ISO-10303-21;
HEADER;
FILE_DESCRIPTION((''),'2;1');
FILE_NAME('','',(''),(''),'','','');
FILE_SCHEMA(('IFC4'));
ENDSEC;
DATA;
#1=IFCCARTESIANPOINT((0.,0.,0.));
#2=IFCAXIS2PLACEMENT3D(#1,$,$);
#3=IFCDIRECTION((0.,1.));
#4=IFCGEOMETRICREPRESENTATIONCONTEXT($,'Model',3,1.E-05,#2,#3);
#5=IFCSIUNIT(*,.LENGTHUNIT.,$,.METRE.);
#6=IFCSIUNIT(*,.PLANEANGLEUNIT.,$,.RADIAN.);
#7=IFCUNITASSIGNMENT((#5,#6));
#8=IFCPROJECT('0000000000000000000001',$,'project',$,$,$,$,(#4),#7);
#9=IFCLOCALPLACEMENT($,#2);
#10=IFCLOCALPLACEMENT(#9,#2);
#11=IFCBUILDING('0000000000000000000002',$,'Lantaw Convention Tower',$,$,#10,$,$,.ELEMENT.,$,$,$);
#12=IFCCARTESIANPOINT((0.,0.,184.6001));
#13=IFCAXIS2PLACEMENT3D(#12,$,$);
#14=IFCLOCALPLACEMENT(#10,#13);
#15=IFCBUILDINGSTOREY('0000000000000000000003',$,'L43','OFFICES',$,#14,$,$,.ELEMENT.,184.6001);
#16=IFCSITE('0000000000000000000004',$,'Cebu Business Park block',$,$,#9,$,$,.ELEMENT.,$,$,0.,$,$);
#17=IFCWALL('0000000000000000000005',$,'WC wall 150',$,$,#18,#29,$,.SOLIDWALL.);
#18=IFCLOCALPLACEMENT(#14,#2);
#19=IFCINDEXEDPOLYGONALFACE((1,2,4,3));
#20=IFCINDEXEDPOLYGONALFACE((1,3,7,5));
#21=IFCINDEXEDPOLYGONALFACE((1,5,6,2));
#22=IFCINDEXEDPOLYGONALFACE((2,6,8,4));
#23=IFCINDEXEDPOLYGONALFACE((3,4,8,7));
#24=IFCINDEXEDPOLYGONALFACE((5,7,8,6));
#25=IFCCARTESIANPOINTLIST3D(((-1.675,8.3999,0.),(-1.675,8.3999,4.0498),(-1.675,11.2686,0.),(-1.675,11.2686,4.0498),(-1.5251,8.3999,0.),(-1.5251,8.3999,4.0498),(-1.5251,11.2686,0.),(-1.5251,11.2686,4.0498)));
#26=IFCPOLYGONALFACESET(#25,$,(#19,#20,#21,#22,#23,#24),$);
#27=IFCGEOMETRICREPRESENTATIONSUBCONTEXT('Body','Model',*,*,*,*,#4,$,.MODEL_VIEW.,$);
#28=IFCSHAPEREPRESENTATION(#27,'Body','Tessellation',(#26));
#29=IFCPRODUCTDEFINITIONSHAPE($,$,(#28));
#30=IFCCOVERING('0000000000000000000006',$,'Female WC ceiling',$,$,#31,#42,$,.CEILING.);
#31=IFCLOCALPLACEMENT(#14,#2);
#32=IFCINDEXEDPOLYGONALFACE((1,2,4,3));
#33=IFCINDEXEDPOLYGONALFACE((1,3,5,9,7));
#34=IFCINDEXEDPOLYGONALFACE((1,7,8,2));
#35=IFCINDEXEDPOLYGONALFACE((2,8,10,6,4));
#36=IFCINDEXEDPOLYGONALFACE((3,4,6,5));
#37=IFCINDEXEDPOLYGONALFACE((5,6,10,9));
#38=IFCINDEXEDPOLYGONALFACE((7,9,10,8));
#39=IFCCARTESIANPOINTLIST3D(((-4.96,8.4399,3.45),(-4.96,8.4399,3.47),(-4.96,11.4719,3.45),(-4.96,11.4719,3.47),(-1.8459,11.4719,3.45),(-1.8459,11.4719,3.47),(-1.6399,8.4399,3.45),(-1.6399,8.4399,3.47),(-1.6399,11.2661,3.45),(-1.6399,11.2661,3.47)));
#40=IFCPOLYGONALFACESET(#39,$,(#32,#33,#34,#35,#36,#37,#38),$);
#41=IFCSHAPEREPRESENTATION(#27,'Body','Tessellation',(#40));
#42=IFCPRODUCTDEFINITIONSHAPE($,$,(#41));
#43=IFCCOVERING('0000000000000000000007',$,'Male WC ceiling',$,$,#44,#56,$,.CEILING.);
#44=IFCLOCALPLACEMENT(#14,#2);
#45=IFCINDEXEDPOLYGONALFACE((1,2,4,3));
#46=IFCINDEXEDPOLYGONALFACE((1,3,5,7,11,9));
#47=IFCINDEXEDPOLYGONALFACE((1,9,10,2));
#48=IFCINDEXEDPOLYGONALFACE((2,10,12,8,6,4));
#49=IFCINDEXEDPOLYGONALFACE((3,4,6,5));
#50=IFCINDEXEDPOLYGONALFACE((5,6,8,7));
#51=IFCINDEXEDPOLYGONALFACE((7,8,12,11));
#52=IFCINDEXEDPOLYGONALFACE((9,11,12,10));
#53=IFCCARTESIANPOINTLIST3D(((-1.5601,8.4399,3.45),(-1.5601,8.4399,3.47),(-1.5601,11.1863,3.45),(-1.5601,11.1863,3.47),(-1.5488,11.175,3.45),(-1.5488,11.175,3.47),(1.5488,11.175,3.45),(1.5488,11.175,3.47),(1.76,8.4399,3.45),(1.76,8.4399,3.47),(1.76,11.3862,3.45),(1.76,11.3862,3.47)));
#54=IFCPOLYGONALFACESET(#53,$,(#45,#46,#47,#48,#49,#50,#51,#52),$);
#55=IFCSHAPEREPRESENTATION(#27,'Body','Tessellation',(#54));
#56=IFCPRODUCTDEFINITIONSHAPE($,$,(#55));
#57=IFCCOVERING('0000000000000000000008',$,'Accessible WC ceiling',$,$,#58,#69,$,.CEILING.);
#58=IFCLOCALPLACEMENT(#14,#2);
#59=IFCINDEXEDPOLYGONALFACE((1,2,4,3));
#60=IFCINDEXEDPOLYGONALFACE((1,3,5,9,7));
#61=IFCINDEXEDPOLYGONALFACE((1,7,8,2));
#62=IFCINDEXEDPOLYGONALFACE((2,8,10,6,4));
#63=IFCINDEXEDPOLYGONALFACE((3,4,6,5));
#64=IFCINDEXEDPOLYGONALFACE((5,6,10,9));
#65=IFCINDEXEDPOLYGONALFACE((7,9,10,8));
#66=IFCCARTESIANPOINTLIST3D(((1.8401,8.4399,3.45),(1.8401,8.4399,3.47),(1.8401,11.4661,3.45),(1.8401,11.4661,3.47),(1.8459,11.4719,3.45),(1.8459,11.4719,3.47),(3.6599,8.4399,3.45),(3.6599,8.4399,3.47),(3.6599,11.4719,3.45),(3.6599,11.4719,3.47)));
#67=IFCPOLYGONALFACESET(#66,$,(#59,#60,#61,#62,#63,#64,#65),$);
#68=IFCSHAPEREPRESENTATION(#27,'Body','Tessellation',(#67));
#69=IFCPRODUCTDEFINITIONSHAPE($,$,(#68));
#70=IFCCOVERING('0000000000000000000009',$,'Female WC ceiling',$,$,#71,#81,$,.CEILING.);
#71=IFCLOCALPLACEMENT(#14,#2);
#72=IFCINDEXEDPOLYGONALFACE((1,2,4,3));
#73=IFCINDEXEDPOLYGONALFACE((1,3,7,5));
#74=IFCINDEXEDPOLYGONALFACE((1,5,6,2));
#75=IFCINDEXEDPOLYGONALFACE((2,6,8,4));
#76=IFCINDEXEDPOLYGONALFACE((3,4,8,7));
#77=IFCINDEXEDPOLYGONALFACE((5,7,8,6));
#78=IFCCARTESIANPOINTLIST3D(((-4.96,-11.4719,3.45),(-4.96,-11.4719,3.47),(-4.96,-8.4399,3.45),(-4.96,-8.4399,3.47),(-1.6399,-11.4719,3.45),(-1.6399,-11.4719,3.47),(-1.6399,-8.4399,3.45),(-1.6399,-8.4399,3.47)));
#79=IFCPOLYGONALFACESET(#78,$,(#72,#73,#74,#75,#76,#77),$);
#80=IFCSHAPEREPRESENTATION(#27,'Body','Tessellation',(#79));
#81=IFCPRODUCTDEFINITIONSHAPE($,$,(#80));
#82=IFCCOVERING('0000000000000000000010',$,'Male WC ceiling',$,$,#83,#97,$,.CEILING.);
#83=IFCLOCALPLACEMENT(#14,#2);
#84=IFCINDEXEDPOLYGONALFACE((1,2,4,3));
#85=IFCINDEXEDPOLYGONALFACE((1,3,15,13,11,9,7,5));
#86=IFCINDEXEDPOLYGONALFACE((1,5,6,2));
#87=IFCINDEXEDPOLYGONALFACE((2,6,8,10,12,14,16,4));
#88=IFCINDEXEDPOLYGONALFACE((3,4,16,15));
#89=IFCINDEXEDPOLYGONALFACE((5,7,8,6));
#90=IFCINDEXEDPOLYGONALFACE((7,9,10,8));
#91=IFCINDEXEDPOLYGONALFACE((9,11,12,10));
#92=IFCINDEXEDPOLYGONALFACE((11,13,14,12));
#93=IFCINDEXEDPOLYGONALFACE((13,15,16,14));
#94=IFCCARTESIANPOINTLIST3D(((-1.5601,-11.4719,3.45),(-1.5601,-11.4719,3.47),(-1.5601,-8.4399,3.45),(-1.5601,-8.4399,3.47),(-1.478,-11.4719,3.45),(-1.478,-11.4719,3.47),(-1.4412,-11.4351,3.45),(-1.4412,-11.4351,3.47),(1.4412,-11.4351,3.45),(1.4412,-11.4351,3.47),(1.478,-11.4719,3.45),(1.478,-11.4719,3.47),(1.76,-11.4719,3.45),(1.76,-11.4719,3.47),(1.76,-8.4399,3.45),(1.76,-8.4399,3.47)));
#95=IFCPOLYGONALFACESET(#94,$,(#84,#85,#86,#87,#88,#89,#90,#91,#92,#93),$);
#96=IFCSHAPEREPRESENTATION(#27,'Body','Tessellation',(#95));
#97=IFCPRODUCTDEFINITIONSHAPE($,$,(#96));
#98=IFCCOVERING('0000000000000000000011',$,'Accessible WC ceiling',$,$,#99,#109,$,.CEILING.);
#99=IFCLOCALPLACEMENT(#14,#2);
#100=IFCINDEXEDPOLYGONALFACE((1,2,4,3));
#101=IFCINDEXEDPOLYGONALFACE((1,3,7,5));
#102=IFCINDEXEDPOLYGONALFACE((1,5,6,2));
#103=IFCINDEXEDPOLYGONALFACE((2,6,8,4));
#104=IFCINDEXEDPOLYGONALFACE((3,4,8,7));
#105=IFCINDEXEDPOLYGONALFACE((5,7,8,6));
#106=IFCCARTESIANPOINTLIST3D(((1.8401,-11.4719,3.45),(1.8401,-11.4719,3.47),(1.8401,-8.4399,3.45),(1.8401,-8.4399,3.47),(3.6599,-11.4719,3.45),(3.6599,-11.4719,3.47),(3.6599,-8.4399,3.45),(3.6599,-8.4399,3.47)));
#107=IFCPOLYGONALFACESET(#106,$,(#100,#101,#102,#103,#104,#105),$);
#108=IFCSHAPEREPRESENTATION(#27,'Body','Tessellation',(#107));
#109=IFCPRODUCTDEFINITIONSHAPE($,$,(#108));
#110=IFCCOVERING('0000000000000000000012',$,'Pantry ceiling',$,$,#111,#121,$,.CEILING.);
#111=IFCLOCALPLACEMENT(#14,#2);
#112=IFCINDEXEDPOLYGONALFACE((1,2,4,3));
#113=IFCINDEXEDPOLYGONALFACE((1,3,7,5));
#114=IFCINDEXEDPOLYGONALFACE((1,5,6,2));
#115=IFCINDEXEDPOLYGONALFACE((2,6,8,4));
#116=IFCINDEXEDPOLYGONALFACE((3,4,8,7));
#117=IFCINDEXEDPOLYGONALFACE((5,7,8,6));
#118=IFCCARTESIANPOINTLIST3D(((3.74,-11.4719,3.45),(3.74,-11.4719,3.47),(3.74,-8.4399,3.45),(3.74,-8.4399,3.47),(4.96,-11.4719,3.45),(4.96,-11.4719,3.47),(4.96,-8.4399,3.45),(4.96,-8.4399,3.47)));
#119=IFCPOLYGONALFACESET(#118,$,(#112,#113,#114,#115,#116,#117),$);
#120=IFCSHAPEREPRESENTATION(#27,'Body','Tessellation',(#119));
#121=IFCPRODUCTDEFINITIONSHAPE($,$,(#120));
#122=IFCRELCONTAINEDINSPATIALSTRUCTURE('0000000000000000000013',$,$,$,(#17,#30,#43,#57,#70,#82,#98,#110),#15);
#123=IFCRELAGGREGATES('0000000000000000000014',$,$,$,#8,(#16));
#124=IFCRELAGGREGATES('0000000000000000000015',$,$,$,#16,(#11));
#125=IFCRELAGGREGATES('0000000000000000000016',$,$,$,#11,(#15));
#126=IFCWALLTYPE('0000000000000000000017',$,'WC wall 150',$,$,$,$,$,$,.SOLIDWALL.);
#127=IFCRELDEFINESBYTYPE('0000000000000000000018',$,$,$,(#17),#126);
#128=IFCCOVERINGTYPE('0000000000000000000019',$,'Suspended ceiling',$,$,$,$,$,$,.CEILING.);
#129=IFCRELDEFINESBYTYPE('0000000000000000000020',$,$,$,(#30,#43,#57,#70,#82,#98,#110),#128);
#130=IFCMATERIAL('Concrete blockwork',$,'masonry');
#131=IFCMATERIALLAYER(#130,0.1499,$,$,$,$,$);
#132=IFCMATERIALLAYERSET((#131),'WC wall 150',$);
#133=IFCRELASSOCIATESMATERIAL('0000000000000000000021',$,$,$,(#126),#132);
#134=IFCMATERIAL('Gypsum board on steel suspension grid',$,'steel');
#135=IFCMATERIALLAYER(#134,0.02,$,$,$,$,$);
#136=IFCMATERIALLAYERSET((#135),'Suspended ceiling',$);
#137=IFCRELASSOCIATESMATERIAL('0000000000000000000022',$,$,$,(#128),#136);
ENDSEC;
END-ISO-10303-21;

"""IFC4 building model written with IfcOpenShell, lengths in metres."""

from ifc_helpers import new_model, si_unit, direction, frame, frame_2d, origin, place, context, subcontext, project, spatial, polyline, rectangle, outline, extrude, material, layer, layer_set, type_object, element, save


model = new_model("IFC4")

# Units and contexts
model_context = context("Model", 3, precision=1e-05, world=origin(), true_north=direction((0.0, 1.0)))
body_context = subcontext(model_context, "Body", "Model", "MODEL_VIEW")
ifc_project = project(units=[si_unit("LENGTHUNIT", "METRE"), si_unit("PLANEANGLEUNIT", "RADIAN")], contexts=[model_context])

# Site, building, storey
site_placement = place(None, origin())
site = spatial("IfcSite", under=ifc_project, at=site_placement, Name="Cebu Business Park block", CompositionType="ELEMENT", RefElevation=0.0)
building_placement = place(site_placement, origin())
building = spatial("IfcBuilding", under=site, at=building_placement, Name="Lantaw Convention Tower", CompositionType="ELEMENT")
storey_placement = place(building_placement, frame((0.0, 0.0, 184.6001)))
storey = spatial("IfcBuildingStorey", under=building, at=storey_placement, Name="L43", Description="OFFICES", CompositionType="ELEMENT", Elevation=184.6001)

# Shared definitions
ifc_material_1 = material(Name="Concrete blockwork", Category="masonry")
ifc_layer_1 = layer(ifc_material_1, 0.1499)
ifc_layer_set_1 = layer_set([ifc_layer_1], Name="WC wall 150")
wall_type_1 = type_object("IfcWallType", Name="WC wall 150", PredefinedType="SOLIDWALL", material=ifc_layer_set_1)

# Wall
wall_1_placement = place(storey_placement, frame((-1.6001, 8.3999, 0.0), z_axis=(0.0, 0.0, 1.0), x_axis=(0.0, 1.0, 0.0)))
element("IfcWall", 1, at=wall_1_placement, inside=storey, type_object=wall_type_1, Name="WC wall 150", PredefinedType="SOLIDWALL", context=body_context, shape_type="SweptSolid", body=[
    extrude(rectangle(XDim=2.8687, YDim=0.1499, at=frame_2d((1.4343, 0.0))), origin(), (0.0, 0.0, 1.0), 4.0498),
])

# Coverings
ifc_material_2 = material(Name="Gypsum board on steel suspension grid", Category="steel")
ifc_layer_2 = layer(ifc_material_2, 0.02)
ifc_layer_set_2 = layer_set([ifc_layer_2], Name="Suspended ceiling")
covering_type = type_object("IfcCoveringType", Name="Suspended ceiling", PredefinedType="CEILING", material=ifc_layer_set_2)
covering_1_placement = place(storey_placement, frame((0.0, 0.0, 3.45)))
element("IfcCovering", 2, at=covering_1_placement, inside=storey, type_object=covering_type, Name="Female WC ceiling", PredefinedType="CEILING", context=body_context, shape_type="SweptSolid", body=[
    extrude(outline(polyline([(-4.96, 11.4719), (-4.96, 8.4399), (-1.6399, 8.4399), (-1.6399, 11.2661), (-1.8459, 11.4719), (-4.96, 11.4719)])), origin(), (0.0, 0.0, 1.0), 0.02),
])
covering_2_placement = place(storey_placement, frame((0.0, 0.0, 3.45)))
element("IfcCovering", 3, at=covering_2_placement, inside=storey, type_object=covering_type, Name="Male WC ceiling", PredefinedType="CEILING", context=body_context, shape_type="SweptSolid", body=[
    extrude(outline(polyline([(-1.5601, 11.1863), (-1.5601, 8.4399), (1.76, 8.4399), (1.76, 11.3862), (1.5488, 11.175), (-1.5488, 11.175), (-1.5601, 11.1863)])), origin(), (0.0, 0.0, 1.0), 0.02),
])
covering_3_placement = place(storey_placement, frame((0.0, 0.0, 3.45)))
element("IfcCovering", 4, at=covering_3_placement, inside=storey, type_object=covering_type, Name="Accessible WC ceiling", PredefinedType="CEILING", context=body_context, shape_type="SweptSolid", body=[
    extrude(outline(polyline([(1.8401, 11.4661), (1.8401, 8.4399), (3.6599, 8.4399), (3.6599, 11.4719), (1.8459, 11.4719), (1.8401, 11.4661)])), origin(), (0.0, 0.0, 1.0), 0.02),
])
covering_4_placement = place(storey_placement, frame((0.0, 0.0, 3.45)))
element("IfcCovering", 5, at=covering_4_placement, inside=storey, type_object=covering_type, Name="Female WC ceiling", PredefinedType="CEILING", context=body_context, shape_type="SweptSolid", body=[
    extrude(outline(polyline([(-4.96, -11.4719), (-1.6399, -11.4719), (-1.6399, -8.4399), (-4.96, -8.4399), (-4.96, -11.4719)])), origin(), (0.0, 0.0, 1.0), 0.02),
])
covering_5_placement = place(storey_placement, frame((0.0, 0.0, 3.45)))
element("IfcCovering", 6, at=covering_5_placement, inside=storey, type_object=covering_type, Name="Male WC ceiling", PredefinedType="CEILING", context=body_context, shape_type="SweptSolid", body=[
    extrude(outline(polyline([(-1.5601, -8.4399), (-1.5601, -11.4719), (-1.478, -11.4719), (-1.4412, -11.4351), (1.4412, -11.4351), (1.478, -11.4719), (1.76, -11.4719), (1.76, -8.4399), (-1.5601, -8.4399)])), origin(), (0.0, 0.0, 1.0), 0.02),
])
covering_6_placement = place(storey_placement, frame((0.0, 0.0, 3.45)))
element("IfcCovering", 7, at=covering_6_placement, inside=storey, type_object=covering_type, Name="Accessible WC ceiling", PredefinedType="CEILING", context=body_context, shape_type="SweptSolid", body=[
    extrude(outline(polyline([(1.8401, -11.4719), (3.6599, -11.4719), (3.6599, -8.4399), (1.8401, -8.4399), (1.8401, -11.4719)])), origin(), (0.0, 0.0, 1.0), 0.02),
])
covering_7_placement = place(storey_placement, frame((0.0, 0.0, 3.45)))
element("IfcCovering", 8, at=covering_7_placement, inside=storey, type_object=covering_type, Name="Pantry ceiling", PredefinedType="CEILING", context=body_context, shape_type="SweptSolid", body=[
    extrude(outline(polyline([(3.74, -11.4719), (4.96, -11.4719), (4.96, -8.4399), (3.74, -8.4399), (3.74, -11.4719)])), origin(), (0.0, 0.0, 1.0), 0.02),
])

save(model, "model.ifc")
